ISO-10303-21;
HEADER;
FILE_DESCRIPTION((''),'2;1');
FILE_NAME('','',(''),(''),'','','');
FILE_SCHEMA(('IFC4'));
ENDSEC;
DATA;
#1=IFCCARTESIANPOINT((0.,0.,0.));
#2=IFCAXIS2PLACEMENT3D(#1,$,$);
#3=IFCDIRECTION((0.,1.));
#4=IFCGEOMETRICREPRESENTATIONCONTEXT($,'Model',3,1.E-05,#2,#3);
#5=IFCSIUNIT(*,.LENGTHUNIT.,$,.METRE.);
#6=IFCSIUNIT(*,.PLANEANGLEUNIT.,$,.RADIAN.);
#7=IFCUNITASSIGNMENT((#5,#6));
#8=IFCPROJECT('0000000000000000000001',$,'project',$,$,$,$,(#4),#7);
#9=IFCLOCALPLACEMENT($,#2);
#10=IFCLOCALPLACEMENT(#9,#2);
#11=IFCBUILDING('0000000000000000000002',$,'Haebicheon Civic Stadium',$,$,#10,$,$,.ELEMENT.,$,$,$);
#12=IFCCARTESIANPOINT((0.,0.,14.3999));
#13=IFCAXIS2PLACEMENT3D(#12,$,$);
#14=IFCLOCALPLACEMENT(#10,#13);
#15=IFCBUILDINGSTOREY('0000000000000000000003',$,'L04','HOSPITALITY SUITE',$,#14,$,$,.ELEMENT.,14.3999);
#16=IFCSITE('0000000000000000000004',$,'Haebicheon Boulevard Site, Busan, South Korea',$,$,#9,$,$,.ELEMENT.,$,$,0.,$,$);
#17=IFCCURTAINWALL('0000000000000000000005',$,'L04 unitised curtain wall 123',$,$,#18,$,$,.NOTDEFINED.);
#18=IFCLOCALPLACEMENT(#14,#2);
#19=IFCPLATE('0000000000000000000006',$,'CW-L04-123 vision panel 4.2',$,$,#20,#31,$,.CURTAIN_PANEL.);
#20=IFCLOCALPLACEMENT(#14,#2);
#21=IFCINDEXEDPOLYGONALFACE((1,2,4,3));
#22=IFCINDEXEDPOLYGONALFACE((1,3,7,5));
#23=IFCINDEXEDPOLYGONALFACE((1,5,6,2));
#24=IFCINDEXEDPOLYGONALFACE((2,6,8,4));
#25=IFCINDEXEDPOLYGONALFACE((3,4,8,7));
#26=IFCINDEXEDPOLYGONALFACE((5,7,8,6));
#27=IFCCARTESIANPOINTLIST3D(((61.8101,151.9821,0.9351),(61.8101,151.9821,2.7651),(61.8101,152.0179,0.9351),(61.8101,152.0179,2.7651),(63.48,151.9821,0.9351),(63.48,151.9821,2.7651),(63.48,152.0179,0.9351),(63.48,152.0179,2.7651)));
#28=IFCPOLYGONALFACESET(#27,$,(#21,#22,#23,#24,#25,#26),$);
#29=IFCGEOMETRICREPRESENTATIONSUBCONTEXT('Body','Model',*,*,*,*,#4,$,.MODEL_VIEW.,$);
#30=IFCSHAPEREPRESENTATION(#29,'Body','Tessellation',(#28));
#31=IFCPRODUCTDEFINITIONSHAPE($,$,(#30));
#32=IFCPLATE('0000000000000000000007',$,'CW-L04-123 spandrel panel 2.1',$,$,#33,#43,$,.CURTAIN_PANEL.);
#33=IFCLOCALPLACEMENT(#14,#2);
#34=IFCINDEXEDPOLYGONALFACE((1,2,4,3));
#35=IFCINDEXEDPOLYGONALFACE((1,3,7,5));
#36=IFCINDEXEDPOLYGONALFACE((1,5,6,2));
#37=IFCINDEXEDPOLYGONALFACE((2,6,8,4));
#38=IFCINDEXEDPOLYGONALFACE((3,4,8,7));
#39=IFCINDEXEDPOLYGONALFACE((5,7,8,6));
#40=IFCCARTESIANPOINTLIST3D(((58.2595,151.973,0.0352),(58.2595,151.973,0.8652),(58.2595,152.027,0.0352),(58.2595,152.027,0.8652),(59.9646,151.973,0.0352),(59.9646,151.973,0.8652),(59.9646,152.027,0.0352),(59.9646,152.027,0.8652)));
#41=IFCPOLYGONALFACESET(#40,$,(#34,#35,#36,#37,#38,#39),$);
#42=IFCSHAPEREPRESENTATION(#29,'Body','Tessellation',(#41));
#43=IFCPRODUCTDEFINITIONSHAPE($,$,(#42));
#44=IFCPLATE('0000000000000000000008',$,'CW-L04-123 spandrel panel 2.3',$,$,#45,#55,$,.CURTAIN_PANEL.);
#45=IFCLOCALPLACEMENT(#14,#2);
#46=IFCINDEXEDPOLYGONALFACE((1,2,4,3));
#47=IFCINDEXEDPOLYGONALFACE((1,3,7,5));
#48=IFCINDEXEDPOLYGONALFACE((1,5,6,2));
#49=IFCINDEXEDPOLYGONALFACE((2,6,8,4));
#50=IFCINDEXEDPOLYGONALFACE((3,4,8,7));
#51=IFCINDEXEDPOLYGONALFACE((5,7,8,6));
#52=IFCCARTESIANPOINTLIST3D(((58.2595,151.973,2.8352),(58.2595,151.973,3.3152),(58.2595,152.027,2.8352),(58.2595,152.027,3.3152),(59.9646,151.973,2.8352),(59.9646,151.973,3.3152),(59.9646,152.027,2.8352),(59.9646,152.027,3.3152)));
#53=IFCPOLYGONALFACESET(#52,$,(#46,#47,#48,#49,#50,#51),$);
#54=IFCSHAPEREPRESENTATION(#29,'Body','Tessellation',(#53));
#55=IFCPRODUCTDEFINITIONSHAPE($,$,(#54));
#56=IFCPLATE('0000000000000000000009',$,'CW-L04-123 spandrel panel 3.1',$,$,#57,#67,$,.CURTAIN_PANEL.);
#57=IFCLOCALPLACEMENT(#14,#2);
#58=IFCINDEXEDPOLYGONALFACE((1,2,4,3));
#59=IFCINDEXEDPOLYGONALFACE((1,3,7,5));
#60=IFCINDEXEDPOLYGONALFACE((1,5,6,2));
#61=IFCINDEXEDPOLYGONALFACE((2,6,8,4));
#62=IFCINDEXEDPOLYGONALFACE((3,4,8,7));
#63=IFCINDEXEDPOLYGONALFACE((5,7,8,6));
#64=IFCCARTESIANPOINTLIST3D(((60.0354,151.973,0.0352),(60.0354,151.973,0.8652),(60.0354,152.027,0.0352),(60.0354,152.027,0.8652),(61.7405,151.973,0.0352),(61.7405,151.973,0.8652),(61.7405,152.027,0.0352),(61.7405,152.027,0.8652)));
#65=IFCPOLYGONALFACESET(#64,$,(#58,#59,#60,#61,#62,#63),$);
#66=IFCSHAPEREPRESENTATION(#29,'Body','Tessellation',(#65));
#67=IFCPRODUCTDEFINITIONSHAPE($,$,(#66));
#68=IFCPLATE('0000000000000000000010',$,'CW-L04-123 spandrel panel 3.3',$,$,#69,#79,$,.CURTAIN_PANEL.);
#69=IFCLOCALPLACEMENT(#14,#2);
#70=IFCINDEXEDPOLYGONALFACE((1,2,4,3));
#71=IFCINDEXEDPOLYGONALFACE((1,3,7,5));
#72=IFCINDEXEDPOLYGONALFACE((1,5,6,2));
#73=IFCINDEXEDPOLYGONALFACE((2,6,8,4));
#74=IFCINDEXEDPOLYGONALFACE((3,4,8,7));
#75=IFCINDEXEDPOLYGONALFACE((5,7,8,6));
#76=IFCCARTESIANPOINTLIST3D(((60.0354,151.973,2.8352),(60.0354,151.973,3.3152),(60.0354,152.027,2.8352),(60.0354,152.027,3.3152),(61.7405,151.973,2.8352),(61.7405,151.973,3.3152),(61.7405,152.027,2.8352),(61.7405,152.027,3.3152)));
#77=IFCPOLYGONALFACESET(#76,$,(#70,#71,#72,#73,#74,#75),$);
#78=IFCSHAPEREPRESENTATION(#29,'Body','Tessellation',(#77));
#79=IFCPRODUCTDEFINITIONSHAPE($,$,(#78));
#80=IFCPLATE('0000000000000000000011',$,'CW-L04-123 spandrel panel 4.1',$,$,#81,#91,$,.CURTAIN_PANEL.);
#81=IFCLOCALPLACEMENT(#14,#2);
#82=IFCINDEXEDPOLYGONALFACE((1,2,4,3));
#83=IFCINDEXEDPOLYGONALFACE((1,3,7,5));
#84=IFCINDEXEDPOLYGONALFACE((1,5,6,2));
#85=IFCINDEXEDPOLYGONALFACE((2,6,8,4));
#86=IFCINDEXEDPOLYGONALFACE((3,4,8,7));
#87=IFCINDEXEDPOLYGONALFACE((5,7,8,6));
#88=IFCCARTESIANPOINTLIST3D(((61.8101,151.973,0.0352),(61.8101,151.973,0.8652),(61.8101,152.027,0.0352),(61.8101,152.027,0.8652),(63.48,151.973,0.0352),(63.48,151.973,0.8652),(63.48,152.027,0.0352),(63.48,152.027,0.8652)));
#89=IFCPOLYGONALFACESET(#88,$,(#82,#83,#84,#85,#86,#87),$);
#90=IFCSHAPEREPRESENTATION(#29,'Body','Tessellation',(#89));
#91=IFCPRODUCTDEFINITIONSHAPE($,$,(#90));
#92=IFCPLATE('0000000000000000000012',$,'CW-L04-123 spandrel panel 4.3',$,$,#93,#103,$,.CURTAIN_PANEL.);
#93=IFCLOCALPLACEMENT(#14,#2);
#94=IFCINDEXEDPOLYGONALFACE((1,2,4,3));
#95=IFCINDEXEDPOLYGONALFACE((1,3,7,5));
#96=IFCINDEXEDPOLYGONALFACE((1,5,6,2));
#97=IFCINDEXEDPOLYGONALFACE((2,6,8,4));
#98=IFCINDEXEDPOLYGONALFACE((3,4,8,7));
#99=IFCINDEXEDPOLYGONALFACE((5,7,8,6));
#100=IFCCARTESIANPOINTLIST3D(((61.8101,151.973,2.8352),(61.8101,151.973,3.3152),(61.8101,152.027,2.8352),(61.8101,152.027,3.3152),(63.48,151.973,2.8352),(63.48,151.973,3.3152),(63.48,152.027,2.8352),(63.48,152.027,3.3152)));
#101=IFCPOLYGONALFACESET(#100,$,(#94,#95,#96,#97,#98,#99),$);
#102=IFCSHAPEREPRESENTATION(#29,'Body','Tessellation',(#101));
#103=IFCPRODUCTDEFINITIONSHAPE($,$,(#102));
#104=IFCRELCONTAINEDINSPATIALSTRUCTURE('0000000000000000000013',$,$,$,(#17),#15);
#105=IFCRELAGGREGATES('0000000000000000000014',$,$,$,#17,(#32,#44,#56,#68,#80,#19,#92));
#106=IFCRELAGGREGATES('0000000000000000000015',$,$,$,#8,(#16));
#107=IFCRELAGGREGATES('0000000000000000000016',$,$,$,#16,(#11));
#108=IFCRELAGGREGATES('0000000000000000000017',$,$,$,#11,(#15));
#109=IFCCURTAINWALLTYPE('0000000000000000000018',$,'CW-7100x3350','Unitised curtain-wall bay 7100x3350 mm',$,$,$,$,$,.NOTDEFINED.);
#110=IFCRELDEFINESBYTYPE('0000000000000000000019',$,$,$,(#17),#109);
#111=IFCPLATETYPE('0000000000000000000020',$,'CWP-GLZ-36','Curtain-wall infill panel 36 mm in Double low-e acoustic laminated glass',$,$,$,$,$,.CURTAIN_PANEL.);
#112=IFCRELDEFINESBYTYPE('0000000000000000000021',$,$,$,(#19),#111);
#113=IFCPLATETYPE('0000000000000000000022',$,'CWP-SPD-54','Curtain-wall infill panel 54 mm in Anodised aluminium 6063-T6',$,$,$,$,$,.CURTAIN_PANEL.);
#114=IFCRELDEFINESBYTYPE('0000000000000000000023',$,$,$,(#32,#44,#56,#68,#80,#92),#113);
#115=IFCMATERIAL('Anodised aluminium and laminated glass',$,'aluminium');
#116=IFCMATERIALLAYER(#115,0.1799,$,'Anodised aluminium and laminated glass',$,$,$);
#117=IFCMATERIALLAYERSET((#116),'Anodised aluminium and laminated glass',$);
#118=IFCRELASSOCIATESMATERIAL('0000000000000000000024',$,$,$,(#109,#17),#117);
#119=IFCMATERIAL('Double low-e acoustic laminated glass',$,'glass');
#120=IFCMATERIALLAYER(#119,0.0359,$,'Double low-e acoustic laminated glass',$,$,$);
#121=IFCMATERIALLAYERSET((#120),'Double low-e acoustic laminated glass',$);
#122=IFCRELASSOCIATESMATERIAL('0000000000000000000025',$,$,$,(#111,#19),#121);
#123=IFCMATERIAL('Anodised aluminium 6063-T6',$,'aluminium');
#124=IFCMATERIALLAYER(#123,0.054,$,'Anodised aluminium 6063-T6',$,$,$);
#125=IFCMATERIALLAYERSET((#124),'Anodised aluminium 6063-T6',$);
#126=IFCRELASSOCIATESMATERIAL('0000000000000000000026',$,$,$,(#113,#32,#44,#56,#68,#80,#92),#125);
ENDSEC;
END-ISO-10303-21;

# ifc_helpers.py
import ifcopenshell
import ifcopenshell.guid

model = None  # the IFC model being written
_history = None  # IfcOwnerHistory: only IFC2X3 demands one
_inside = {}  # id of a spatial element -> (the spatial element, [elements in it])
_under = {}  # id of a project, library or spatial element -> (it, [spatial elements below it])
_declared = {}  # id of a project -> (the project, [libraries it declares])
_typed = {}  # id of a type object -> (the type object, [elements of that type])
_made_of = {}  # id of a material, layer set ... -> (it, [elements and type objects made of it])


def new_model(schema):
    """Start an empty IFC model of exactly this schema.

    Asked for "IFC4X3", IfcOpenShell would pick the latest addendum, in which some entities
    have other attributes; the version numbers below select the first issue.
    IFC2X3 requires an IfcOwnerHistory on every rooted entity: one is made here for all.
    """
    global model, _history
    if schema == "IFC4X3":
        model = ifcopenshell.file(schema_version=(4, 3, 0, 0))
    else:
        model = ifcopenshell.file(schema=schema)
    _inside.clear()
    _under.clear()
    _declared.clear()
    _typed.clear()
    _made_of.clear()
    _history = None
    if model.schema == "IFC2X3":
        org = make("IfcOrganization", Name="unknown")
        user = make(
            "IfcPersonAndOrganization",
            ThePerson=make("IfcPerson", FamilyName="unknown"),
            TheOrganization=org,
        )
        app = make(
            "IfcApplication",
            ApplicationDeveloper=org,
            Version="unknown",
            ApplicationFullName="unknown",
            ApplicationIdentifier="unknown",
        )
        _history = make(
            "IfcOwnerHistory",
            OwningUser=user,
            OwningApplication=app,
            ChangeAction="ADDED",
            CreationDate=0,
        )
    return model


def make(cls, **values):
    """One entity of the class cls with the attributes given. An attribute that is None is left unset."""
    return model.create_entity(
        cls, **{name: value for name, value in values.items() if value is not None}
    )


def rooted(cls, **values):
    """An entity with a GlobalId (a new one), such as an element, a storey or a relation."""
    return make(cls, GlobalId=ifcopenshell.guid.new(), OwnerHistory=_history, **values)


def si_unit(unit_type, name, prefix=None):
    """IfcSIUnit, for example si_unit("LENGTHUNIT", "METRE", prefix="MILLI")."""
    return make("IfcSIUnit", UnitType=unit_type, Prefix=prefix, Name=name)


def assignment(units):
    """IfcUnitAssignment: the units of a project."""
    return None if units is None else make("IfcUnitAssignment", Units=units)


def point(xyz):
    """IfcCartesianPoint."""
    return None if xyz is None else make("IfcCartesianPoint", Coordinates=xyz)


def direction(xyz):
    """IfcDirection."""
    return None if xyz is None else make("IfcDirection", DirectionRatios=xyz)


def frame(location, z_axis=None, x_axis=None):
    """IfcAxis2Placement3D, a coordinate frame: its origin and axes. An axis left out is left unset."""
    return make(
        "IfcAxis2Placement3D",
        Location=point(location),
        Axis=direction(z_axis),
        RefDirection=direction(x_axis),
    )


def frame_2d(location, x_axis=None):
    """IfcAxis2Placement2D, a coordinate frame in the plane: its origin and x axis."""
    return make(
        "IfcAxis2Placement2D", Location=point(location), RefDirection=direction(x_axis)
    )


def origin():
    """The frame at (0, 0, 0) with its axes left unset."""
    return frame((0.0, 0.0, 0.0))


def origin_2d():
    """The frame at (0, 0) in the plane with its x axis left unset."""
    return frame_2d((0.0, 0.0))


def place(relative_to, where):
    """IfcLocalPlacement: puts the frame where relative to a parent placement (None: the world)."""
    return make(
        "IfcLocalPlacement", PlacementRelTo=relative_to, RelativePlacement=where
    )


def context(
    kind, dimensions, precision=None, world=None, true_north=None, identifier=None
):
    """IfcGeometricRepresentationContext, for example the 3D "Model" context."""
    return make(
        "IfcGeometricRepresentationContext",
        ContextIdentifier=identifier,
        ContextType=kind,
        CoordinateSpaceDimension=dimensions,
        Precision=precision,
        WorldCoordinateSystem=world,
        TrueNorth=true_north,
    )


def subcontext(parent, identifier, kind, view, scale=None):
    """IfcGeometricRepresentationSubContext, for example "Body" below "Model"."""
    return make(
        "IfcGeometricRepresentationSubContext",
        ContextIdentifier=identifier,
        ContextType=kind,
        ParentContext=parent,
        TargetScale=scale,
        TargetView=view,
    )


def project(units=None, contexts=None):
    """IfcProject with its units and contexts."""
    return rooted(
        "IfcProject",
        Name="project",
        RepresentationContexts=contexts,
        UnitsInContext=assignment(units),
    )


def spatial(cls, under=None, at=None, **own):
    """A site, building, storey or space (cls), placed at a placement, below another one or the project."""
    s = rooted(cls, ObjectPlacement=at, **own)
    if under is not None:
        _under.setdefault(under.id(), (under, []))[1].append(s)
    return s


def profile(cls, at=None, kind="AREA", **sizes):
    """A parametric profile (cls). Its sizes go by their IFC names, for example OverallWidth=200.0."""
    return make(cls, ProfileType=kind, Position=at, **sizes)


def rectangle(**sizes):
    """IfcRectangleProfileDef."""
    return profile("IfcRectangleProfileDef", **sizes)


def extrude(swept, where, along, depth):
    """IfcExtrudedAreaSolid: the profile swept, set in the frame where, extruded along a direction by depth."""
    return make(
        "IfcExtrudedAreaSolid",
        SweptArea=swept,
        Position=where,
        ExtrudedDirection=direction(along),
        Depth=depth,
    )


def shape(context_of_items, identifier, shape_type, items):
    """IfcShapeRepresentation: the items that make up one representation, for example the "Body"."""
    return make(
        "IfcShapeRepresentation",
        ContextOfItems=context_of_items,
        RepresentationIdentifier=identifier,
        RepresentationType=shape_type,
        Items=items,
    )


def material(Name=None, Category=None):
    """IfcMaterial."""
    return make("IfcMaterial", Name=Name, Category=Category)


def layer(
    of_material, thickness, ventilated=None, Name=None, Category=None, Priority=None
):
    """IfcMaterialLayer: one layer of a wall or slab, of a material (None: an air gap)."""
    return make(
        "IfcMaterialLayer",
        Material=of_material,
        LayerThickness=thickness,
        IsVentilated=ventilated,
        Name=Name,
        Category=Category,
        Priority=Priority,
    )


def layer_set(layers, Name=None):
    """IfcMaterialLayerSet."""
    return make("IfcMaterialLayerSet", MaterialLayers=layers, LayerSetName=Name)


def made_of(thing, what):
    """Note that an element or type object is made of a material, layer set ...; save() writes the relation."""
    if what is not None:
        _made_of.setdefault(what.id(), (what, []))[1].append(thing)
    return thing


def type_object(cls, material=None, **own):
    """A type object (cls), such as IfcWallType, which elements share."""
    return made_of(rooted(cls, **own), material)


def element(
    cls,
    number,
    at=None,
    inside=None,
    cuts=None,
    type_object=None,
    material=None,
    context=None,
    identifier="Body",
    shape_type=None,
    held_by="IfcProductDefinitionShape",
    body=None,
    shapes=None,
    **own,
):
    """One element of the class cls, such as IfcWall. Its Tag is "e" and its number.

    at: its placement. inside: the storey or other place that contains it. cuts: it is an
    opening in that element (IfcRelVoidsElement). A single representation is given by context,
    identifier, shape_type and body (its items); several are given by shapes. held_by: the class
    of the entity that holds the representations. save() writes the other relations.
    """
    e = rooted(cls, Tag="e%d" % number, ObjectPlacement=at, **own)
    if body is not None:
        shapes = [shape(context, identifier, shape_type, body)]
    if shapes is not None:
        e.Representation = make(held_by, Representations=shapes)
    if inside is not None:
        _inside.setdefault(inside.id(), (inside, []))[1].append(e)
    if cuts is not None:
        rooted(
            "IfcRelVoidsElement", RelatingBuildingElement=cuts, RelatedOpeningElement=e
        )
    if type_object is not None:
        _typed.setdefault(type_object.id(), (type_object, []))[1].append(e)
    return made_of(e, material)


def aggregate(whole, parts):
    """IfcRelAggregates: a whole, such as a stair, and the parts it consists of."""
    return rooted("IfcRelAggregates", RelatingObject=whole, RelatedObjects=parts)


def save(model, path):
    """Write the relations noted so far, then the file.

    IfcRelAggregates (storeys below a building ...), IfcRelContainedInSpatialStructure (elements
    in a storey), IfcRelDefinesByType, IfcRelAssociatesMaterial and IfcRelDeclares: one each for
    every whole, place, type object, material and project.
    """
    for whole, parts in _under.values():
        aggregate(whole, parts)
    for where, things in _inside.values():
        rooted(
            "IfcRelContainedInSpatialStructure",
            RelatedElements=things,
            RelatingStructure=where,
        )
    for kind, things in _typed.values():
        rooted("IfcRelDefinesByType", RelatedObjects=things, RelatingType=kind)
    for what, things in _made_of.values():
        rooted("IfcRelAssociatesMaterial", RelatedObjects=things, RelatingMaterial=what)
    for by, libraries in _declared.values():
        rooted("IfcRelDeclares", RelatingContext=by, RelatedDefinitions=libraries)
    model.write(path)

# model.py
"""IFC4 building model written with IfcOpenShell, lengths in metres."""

from ifc_helpers import new_model, si_unit, direction, frame, origin, origin_2d, place, context, subcontext, project, spatial, rectangle, extrude, material, layer, layer_set, type_object, element, aggregate, save


model = new_model("IFC4")

# Units and contexts
model_context = context("Model", 3, precision=1e-05, world=origin(), true_north=direction((0.0, 1.0)))
body_context = subcontext(model_context, "Body", "Model", "MODEL_VIEW")
ifc_project = project(units=[si_unit("LENGTHUNIT", "METRE"), si_unit("PLANEANGLEUNIT", "RADIAN")], contexts=[model_context])

# Site, building, storey
site_placement = place(None, origin())
site = spatial("IfcSite", under=ifc_project, at=site_placement, Name="Haebicheon Boulevard Site, Busan, South Korea", CompositionType="ELEMENT", RefElevation=0.0)
building_placement = place(site_placement, origin())
building = spatial("IfcBuilding", under=site, at=building_placement, Name="Haebicheon Civic Stadium", CompositionType="ELEMENT")
storey_placement = place(building_placement, frame((0.0, 0.0, 14.3999)))
storey = spatial("IfcBuildingStorey", under=building, at=storey_placement, Name="L04", Description="HOSPITALITY SUITE", CompositionType="ELEMENT", Elevation=14.3999)

# Curtain wall, plates
ifc_material_1 = material(Name="Anodised aluminium and laminated glass", Category="aluminium")
ifc_layer_1 = layer(ifc_material_1, 0.1799, Name="Anodised aluminium and laminated glass")
ifc_layer_set_1 = layer_set([ifc_layer_1], Name="Anodised aluminium and laminated glass")
curtain_wall_type = type_object("IfcCurtainWallType", Name="CW-7100x3350", Description="Unitised curtain-wall bay 7100x3350 mm", PredefinedType="NOTDEFINED", material=ifc_layer_set_1)
curtain_wall_placement = place(storey_placement, origin())
curtain_wall = element("IfcCurtainWall", 1, at=curtain_wall_placement, inside=storey, type_object=curtain_wall_type, material=ifc_layer_set_1, Name="L04 unitised curtain wall 123", PredefinedType="NOTDEFINED")
ifc_material_2 = material(Name="Double low-e acoustic laminated glass", Category="glass")
ifc_layer_2 = layer(ifc_material_2, 0.0359, Name="Double low-e acoustic laminated glass")
ifc_layer_set_2 = layer_set([ifc_layer_2], Name="Double low-e acoustic laminated glass")
plate_type_1 = type_object("IfcPlateType", Name="CWP-GLZ-36", Description="Curtain-wall infill panel 36 mm in Double low-e acoustic laminated glass", PredefinedType="CURTAIN_PANEL", material=ifc_layer_set_2)
plate_1_placement = place(storey_placement, frame((62.645, 152.0, 0.9351), z_axis=(0.0, 0.0, 1.0), x_axis=(1.0, 0.0, 0.0)))
plate_1 = element("IfcPlate", 2, at=plate_1_placement, type_object=plate_type_1, material=ifc_layer_set_2, Name="CW-L04-123 vision panel 4.2", PredefinedType="CURTAIN_PANEL", context=body_context, shape_type="SweptSolid", body=[
    extrude(rectangle(XDim=1.6699, YDim=0.0359, at=origin_2d()), origin(), (0.0, 0.0, 1.0), 1.8301),
])
ifc_material_3 = material(Name="Anodised aluminium 6063-T6", Category="aluminium")
ifc_layer_3 = layer(ifc_material_3, 0.054, Name="Anodised aluminium 6063-T6")
ifc_layer_set_3 = layer_set([ifc_layer_3], Name="Anodised aluminium 6063-T6")
plate_type_2 = type_object("IfcPlateType", Name="CWP-SPD-54", Description="Curtain-wall infill panel 54 mm in Anodised aluminium 6063-T6", PredefinedType="CURTAIN_PANEL", material=ifc_layer_set_3)
plate_2_placement = place(storey_placement, frame((59.1121, 152.0, 0.0352), z_axis=(0.0, 0.0, 1.0), x_axis=(1.0, 0.0, 0.0)))
plate_2 = element("IfcPlate", 3, at=plate_2_placement, type_object=plate_type_2, material=ifc_layer_set_3, Name="CW-L04-123 spandrel panel 2.1", PredefinedType="CURTAIN_PANEL", context=body_context, shape_type="SweptSolid", body=[
    extrude(rectangle(XDim=1.7051, YDim=0.054, at=origin_2d()), origin(), (0.0, 0.0, 1.0), 0.8301),
])
plate_3_placement = place(storey_placement, frame((59.1121, 152.0, 2.8352), z_axis=(0.0, 0.0, 1.0), x_axis=(1.0, 0.0, 0.0)))
plate_3 = element("IfcPlate", 4, at=plate_3_placement, type_object=plate_type_2, material=ifc_layer_set_3, Name="CW-L04-123 spandrel panel 2.3", PredefinedType="CURTAIN_PANEL", context=body_context, shape_type="SweptSolid", body=[
    extrude(rectangle(XDim=1.7051, YDim=0.054, at=origin_2d()), origin(), (0.0, 0.0, 1.0), 0.48),
])
plate_4_placement = place(storey_placement, frame((60.8879, 152.0, 0.0352), z_axis=(0.0, 0.0, 1.0), x_axis=(1.0, 0.0, 0.0)))
plate_4 = element("IfcPlate", 5, at=plate_4_placement, type_object=plate_type_2, material=ifc_layer_set_3, Name="CW-L04-123 spandrel panel 3.1", PredefinedType="CURTAIN_PANEL", context=body_context, shape_type="SweptSolid", body=[
    extrude(rectangle(XDim=1.7051, YDim=0.054, at=origin_2d()), origin(), (0.0, 0.0, 1.0), 0.8301),
])
plate_5_placement = place(storey_placement, frame((60.8879, 152.0, 2.8352), z_axis=(0.0, 0.0, 1.0), x_axis=(1.0, 0.0, 0.0)))
plate_5 = element("IfcPlate", 6, at=plate_5_placement, type_object=plate_type_2, material=ifc_layer_set_3, Name="CW-L04-123 spandrel panel 3.3", PredefinedType="CURTAIN_PANEL", context=body_context, shape_type="SweptSolid", body=[
    extrude(rectangle(XDim=1.7051, YDim=0.054, at=origin_2d()), origin(), (0.0, 0.0, 1.0), 0.48),
])
plate_6_placement = place(storey_placement, frame((62.645, 152.0, 0.0352), z_axis=(0.0, 0.0, 1.0), x_axis=(1.0, 0.0, 0.0)))
plate_6 = element("IfcPlate", 7, at=plate_6_placement, type_object=plate_type_2, material=ifc_layer_set_3, Name="CW-L04-123 spandrel panel 4.1", PredefinedType="CURTAIN_PANEL", context=body_context, shape_type="SweptSolid", body=[
    extrude(rectangle(XDim=1.6699, YDim=0.054, at=origin_2d()), origin(), (0.0, 0.0, 1.0), 0.8301),
])
plate_7_placement = place(storey_placement, frame((62.645, 152.0, 2.8352), z_axis=(0.0, 0.0, 1.0), x_axis=(1.0, 0.0, 0.0)))
plate_7 = element("IfcPlate", 8, at=plate_7_placement, type_object=plate_type_2, material=ifc_layer_set_3, Name="CW-L04-123 spandrel panel 4.3", PredefinedType="CURTAIN_PANEL", context=body_context, shape_type="SweptSolid", body=[
    extrude(rectangle(XDim=1.6699, YDim=0.054, at=origin_2d()), origin(), (0.0, 0.0, 1.0), 0.48),
])
aggregate(curtain_wall, [plate_2, plate_3, plate_4, plate_5, plate_6, plate_1, plate_7])

save(model, "model.ifc")
